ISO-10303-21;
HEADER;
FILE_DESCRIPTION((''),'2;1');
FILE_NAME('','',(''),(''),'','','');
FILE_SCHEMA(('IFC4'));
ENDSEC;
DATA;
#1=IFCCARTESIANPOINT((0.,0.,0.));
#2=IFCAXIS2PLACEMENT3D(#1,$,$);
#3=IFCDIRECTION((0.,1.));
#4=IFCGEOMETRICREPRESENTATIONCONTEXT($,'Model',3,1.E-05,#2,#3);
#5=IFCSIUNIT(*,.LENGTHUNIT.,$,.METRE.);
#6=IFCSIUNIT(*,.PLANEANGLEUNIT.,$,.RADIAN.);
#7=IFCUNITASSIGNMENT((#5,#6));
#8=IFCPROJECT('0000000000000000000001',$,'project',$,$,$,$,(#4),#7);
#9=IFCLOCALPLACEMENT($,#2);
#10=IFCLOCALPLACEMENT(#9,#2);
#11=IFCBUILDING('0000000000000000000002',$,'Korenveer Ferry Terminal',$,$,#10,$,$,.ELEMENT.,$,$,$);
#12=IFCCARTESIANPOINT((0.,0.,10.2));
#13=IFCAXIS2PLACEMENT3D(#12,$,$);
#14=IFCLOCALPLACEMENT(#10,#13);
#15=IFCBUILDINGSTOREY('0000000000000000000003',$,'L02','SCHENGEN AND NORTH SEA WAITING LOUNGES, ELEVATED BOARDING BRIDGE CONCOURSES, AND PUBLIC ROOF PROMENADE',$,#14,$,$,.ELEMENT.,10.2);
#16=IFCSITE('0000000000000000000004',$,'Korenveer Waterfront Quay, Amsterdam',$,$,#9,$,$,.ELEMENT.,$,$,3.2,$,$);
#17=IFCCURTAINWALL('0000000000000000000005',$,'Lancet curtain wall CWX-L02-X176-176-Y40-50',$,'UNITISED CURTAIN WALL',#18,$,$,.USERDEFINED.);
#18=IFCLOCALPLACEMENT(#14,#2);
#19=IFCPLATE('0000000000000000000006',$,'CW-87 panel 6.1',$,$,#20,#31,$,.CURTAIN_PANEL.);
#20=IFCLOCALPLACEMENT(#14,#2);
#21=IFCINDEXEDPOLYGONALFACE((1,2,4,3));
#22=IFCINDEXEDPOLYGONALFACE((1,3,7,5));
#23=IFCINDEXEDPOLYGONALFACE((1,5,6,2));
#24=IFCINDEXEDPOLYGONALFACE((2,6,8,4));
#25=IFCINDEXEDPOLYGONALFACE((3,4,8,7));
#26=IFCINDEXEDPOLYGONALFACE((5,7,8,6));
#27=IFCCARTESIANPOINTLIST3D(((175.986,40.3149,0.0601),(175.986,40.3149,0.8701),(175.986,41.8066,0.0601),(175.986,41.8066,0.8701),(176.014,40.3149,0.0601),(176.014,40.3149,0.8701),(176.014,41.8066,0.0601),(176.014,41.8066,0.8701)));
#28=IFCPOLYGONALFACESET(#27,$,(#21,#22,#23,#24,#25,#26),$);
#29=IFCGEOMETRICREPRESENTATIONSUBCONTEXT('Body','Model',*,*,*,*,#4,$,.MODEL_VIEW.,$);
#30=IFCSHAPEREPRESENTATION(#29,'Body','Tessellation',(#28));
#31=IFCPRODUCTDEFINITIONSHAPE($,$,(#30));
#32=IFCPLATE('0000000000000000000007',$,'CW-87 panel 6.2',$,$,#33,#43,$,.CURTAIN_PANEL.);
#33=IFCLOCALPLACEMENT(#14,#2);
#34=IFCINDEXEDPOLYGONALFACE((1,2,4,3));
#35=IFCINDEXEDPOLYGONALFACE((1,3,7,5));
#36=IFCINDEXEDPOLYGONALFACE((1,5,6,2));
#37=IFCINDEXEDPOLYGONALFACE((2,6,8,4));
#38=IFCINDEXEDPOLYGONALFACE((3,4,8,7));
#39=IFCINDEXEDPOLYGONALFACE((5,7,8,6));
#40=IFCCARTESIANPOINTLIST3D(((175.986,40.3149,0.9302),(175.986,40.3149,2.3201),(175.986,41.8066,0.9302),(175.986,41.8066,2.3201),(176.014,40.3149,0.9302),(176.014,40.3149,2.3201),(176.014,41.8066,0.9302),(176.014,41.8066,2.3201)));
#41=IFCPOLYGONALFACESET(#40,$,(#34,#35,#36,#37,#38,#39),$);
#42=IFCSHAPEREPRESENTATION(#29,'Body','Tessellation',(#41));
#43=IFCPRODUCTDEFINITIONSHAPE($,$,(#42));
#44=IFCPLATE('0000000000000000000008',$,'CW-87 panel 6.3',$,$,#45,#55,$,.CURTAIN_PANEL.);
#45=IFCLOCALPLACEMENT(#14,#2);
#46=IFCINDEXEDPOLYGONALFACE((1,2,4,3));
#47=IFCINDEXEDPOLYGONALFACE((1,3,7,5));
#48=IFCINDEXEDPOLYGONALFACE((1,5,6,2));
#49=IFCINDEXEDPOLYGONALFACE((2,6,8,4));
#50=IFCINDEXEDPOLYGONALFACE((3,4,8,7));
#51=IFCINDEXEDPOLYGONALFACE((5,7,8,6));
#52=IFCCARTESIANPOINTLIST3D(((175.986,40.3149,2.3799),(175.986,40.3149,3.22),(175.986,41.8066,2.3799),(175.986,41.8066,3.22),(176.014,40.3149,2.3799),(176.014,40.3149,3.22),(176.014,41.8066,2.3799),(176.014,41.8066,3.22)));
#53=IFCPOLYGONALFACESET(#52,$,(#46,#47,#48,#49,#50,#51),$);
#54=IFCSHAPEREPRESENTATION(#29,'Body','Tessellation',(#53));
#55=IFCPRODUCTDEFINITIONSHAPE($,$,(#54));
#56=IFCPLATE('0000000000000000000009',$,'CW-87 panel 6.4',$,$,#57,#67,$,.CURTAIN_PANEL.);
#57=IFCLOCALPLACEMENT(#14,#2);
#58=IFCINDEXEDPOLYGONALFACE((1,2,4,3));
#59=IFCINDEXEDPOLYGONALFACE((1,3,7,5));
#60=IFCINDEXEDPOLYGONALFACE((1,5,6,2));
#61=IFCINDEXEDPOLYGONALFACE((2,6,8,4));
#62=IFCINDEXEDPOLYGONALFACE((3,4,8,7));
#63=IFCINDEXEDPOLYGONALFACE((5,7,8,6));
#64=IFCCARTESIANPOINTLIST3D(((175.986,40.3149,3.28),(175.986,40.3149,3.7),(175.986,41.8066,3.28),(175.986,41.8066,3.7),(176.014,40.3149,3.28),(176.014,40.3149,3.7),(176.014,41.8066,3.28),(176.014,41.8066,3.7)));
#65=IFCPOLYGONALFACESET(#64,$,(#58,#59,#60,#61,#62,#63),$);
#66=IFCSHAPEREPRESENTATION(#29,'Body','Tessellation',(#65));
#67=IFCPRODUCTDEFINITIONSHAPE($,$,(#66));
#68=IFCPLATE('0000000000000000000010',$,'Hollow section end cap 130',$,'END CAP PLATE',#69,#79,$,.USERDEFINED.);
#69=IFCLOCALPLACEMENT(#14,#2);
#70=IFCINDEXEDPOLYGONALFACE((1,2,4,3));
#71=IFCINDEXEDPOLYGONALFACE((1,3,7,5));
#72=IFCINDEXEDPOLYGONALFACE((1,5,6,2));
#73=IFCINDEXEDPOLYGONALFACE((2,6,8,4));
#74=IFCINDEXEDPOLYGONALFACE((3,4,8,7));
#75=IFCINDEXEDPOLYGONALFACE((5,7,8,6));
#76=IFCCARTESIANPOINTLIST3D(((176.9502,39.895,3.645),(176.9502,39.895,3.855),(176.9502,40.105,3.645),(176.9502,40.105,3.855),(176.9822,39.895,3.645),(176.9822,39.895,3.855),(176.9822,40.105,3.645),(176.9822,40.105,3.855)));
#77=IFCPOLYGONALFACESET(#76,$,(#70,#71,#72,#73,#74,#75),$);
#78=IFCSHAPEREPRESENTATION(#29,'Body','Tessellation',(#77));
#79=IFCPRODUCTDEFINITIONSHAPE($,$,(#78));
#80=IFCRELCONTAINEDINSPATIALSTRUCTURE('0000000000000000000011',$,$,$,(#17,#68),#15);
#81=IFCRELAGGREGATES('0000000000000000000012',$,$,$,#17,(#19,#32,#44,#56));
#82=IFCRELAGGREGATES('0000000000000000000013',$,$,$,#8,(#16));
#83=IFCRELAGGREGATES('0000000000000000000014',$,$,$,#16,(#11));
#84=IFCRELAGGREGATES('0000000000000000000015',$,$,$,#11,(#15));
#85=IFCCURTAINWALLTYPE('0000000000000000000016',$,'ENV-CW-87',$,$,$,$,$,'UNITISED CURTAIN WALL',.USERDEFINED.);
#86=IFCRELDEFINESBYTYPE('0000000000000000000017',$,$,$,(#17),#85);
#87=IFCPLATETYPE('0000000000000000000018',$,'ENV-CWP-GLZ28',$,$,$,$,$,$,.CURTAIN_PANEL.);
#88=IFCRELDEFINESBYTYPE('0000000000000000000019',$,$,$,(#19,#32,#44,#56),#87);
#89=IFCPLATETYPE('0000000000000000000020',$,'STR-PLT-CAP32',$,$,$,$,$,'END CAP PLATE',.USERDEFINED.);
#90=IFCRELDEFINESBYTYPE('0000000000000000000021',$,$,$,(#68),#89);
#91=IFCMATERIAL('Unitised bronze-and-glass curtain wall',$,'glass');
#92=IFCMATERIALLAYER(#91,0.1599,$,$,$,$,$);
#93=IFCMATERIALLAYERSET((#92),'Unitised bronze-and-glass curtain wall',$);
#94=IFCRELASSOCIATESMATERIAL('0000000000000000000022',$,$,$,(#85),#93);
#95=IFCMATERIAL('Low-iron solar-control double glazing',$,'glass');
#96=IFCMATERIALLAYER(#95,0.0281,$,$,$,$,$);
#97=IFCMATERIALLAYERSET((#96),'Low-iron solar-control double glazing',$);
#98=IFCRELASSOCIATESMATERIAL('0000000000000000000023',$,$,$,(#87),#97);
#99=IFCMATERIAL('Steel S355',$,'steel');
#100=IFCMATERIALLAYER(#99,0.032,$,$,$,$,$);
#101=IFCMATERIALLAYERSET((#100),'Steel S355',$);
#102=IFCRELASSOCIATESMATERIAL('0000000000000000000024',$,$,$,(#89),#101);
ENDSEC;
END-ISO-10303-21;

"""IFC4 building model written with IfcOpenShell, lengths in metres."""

from ifc_helpers import new_model, si_unit, direction, frame, origin, origin_2d, place, context, subcontext, project, spatial, rectangle, extrude, material, layer, layer_set, type_object, element, aggregate, save


model = new_model("IFC4")

# Units and contexts
model_context = context("Model", 3, precision=1e-05, world=origin(), true_north=direction((0.0, 1.0)))
body_context = subcontext(model_context, "Body", "Model", "MODEL_VIEW")
ifc_project = project(units=[si_unit("LENGTHUNIT", "METRE"), si_unit("PLANEANGLEUNIT", "RADIAN")], contexts=[model_context])

# Site, building, storey
site_placement = place(None, origin())
site = spatial("IfcSite", under=ifc_project, at=site_placement, Name="Korenveer Waterfront Quay, Amsterdam", CompositionType="ELEMENT", RefElevation=3.2)
building_placement = place(site_placement, origin())
building = spatial("IfcBuilding", under=site, at=building_placement, Name="Korenveer Ferry Terminal", CompositionType="ELEMENT")
storey_placement = place(building_placement, frame((0.0, 0.0, 10.2)))
storey = spatial("IfcBuildingStorey", under=building, at=storey_placement, Name="L02", Description="SCHENGEN AND NORTH SEA WAITING LOUNGES, ELEVATED BOARDING BRIDGE CONCOURSES, AND PUBLIC ROOF PROMENADE", CompositionType="ELEMENT", Elevation=10.2)

# Curtain wall, plates
ifc_material_1 = material(Name="Unitised bronze-and-glass curtain wall", Category="glass")
ifc_layer_1 = layer(ifc_material_1, 0.1599)
ifc_layer_set_1 = layer_set([ifc_layer_1], Name="Unitised bronze-and-glass curtain wall")
curtain_wall_type = type_object("IfcCurtainWallType", Name="ENV-CW-87", ElementType="UNITISED CURTAIN WALL", PredefinedType="USERDEFINED", material=ifc_layer_set_1)
curtain_wall_placement = place(storey_placement, frame((176.0, 49.7451, 0.0)))
curtain_wall = element("IfcCurtainWall", 1, at=curtain_wall_placement, inside=storey, type_object=curtain_wall_type, Name="Lancet curtain wall CWX-L02-X176-176-Y40-50", ObjectType="UNITISED CURTAIN WALL", PredefinedType="USERDEFINED")
ifc_material_2 = material(Name="Low-iron solar-control double glazing", Category="glass")
ifc_layer_2 = layer(ifc_material_2, 0.0281)
ifc_layer_set_2 = layer_set([ifc_layer_2], Name="Low-iron solar-control double glazing")
plate_type_1 = type_object("IfcPlateType", Name="ENV-CWP-GLZ28", PredefinedType="CURTAIN_PANEL", material=ifc_layer_set_2)
plate_1_placement = place(storey_placement, frame((176.0, 41.0608, 0.0601), z_axis=(0.0, 0.0, 1.0), x_axis=(0.0, -1.0, 0.0)))
plate_1 = element("IfcPlate", 2, at=plate_1_placement, type_object=plate_type_1, Name="CW-87 panel 6.1", PredefinedType="CURTAIN_PANEL", context=body_context, shape_type="SweptSolid", body=[
    extrude(rectangle(XDim=1.4917, YDim=0.0281, at=origin_2d()), origin(), (0.0, 0.0, 1.0), 0.8101),
])
plate_2_placement = place(storey_placement, frame((176.0, 41.0608, 0.9302), z_axis=(0.0, 0.0, 1.0), x_axis=(0.0, -1.0, 0.0)))
plate_2 = element("IfcPlate", 3, at=plate_2_placement, type_object=plate_type_1, Name="CW-87 panel 6.2", PredefinedType="CURTAIN_PANEL", context=body_context, shape_type="SweptSolid", body=[
    extrude(rectangle(XDim=1.4917, YDim=0.0281, at=origin_2d()), origin(), (0.0, 0.0, 1.0), 1.3899),
])
plate_3_placement = place(storey_placement, frame((176.0, 41.0608, 2.3799), z_axis=(0.0, 0.0, 1.0), x_axis=(0.0, -1.0, 0.0)))
plate_3 = element("IfcPlate", 4, at=plate_3_placement, type_object=plate_type_1, Name="CW-87 panel 6.3", PredefinedType="CURTAIN_PANEL", context=body_context, shape_type="SweptSolid", body=[
    extrude(rectangle(XDim=1.4917, YDim=0.0281, at=origin_2d()), origin(), (0.0, 0.0, 1.0), 0.8401),
])
plate_4_placement = place(storey_placement, frame((176.0, 41.0608, 3.28), z_axis=(0.0, 0.0, 1.0), x_axis=(0.0, -1.0, 0.0)))
plate_4 = element("IfcPlate", 5, at=plate_4_placement, type_object=plate_type_1, Name="CW-87 panel 6.4", PredefinedType="CURTAIN_PANEL", context=body_context, shape_type="SweptSolid", body=[
    extrude(rectangle(XDim=1.4917, YDim=0.0281, at=origin_2d()), origin(), (0.0, 0.0, 1.0), 0.4199),
])
aggregate(curtain_wall, [plate_1, plate_2, plate_3, plate_4])

# Plate
ifc_material_3 = material(Name="Steel S355", Category="steel")
ifc_layer_3 = layer(ifc_material_3, 0.032)
ifc_layer_set_3 = layer_set([ifc_layer_3], Name="Steel S355")
plate_type_2 = type_object("IfcPlateType", Name="STR-PLT-CAP32", ElementType="END CAP PLATE", PredefinedType="USERDEFINED", material=ifc_layer_set_3)
plate_5_placement = place(storey_placement, frame((176.9502, 40.0, 3.75), z_axis=(1.0, 0.0, 0.0), x_axis=(0.0, 1.0, 0.0)))
element("IfcPlate", 6, at=plate_5_placement, inside=storey, type_object=plate_type_2, Name="Hollow section end cap 130", ObjectType="END CAP PLATE", PredefinedType="USERDEFINED", context=body_context, shape_type="SweptSolid", body=[
    extrude(rectangle(XDim=0.21, YDim=0.21, at=origin_2d()), origin(), (0.0, 0.0, 1.0), 0.032),
])

save(model, "model.ifc")
